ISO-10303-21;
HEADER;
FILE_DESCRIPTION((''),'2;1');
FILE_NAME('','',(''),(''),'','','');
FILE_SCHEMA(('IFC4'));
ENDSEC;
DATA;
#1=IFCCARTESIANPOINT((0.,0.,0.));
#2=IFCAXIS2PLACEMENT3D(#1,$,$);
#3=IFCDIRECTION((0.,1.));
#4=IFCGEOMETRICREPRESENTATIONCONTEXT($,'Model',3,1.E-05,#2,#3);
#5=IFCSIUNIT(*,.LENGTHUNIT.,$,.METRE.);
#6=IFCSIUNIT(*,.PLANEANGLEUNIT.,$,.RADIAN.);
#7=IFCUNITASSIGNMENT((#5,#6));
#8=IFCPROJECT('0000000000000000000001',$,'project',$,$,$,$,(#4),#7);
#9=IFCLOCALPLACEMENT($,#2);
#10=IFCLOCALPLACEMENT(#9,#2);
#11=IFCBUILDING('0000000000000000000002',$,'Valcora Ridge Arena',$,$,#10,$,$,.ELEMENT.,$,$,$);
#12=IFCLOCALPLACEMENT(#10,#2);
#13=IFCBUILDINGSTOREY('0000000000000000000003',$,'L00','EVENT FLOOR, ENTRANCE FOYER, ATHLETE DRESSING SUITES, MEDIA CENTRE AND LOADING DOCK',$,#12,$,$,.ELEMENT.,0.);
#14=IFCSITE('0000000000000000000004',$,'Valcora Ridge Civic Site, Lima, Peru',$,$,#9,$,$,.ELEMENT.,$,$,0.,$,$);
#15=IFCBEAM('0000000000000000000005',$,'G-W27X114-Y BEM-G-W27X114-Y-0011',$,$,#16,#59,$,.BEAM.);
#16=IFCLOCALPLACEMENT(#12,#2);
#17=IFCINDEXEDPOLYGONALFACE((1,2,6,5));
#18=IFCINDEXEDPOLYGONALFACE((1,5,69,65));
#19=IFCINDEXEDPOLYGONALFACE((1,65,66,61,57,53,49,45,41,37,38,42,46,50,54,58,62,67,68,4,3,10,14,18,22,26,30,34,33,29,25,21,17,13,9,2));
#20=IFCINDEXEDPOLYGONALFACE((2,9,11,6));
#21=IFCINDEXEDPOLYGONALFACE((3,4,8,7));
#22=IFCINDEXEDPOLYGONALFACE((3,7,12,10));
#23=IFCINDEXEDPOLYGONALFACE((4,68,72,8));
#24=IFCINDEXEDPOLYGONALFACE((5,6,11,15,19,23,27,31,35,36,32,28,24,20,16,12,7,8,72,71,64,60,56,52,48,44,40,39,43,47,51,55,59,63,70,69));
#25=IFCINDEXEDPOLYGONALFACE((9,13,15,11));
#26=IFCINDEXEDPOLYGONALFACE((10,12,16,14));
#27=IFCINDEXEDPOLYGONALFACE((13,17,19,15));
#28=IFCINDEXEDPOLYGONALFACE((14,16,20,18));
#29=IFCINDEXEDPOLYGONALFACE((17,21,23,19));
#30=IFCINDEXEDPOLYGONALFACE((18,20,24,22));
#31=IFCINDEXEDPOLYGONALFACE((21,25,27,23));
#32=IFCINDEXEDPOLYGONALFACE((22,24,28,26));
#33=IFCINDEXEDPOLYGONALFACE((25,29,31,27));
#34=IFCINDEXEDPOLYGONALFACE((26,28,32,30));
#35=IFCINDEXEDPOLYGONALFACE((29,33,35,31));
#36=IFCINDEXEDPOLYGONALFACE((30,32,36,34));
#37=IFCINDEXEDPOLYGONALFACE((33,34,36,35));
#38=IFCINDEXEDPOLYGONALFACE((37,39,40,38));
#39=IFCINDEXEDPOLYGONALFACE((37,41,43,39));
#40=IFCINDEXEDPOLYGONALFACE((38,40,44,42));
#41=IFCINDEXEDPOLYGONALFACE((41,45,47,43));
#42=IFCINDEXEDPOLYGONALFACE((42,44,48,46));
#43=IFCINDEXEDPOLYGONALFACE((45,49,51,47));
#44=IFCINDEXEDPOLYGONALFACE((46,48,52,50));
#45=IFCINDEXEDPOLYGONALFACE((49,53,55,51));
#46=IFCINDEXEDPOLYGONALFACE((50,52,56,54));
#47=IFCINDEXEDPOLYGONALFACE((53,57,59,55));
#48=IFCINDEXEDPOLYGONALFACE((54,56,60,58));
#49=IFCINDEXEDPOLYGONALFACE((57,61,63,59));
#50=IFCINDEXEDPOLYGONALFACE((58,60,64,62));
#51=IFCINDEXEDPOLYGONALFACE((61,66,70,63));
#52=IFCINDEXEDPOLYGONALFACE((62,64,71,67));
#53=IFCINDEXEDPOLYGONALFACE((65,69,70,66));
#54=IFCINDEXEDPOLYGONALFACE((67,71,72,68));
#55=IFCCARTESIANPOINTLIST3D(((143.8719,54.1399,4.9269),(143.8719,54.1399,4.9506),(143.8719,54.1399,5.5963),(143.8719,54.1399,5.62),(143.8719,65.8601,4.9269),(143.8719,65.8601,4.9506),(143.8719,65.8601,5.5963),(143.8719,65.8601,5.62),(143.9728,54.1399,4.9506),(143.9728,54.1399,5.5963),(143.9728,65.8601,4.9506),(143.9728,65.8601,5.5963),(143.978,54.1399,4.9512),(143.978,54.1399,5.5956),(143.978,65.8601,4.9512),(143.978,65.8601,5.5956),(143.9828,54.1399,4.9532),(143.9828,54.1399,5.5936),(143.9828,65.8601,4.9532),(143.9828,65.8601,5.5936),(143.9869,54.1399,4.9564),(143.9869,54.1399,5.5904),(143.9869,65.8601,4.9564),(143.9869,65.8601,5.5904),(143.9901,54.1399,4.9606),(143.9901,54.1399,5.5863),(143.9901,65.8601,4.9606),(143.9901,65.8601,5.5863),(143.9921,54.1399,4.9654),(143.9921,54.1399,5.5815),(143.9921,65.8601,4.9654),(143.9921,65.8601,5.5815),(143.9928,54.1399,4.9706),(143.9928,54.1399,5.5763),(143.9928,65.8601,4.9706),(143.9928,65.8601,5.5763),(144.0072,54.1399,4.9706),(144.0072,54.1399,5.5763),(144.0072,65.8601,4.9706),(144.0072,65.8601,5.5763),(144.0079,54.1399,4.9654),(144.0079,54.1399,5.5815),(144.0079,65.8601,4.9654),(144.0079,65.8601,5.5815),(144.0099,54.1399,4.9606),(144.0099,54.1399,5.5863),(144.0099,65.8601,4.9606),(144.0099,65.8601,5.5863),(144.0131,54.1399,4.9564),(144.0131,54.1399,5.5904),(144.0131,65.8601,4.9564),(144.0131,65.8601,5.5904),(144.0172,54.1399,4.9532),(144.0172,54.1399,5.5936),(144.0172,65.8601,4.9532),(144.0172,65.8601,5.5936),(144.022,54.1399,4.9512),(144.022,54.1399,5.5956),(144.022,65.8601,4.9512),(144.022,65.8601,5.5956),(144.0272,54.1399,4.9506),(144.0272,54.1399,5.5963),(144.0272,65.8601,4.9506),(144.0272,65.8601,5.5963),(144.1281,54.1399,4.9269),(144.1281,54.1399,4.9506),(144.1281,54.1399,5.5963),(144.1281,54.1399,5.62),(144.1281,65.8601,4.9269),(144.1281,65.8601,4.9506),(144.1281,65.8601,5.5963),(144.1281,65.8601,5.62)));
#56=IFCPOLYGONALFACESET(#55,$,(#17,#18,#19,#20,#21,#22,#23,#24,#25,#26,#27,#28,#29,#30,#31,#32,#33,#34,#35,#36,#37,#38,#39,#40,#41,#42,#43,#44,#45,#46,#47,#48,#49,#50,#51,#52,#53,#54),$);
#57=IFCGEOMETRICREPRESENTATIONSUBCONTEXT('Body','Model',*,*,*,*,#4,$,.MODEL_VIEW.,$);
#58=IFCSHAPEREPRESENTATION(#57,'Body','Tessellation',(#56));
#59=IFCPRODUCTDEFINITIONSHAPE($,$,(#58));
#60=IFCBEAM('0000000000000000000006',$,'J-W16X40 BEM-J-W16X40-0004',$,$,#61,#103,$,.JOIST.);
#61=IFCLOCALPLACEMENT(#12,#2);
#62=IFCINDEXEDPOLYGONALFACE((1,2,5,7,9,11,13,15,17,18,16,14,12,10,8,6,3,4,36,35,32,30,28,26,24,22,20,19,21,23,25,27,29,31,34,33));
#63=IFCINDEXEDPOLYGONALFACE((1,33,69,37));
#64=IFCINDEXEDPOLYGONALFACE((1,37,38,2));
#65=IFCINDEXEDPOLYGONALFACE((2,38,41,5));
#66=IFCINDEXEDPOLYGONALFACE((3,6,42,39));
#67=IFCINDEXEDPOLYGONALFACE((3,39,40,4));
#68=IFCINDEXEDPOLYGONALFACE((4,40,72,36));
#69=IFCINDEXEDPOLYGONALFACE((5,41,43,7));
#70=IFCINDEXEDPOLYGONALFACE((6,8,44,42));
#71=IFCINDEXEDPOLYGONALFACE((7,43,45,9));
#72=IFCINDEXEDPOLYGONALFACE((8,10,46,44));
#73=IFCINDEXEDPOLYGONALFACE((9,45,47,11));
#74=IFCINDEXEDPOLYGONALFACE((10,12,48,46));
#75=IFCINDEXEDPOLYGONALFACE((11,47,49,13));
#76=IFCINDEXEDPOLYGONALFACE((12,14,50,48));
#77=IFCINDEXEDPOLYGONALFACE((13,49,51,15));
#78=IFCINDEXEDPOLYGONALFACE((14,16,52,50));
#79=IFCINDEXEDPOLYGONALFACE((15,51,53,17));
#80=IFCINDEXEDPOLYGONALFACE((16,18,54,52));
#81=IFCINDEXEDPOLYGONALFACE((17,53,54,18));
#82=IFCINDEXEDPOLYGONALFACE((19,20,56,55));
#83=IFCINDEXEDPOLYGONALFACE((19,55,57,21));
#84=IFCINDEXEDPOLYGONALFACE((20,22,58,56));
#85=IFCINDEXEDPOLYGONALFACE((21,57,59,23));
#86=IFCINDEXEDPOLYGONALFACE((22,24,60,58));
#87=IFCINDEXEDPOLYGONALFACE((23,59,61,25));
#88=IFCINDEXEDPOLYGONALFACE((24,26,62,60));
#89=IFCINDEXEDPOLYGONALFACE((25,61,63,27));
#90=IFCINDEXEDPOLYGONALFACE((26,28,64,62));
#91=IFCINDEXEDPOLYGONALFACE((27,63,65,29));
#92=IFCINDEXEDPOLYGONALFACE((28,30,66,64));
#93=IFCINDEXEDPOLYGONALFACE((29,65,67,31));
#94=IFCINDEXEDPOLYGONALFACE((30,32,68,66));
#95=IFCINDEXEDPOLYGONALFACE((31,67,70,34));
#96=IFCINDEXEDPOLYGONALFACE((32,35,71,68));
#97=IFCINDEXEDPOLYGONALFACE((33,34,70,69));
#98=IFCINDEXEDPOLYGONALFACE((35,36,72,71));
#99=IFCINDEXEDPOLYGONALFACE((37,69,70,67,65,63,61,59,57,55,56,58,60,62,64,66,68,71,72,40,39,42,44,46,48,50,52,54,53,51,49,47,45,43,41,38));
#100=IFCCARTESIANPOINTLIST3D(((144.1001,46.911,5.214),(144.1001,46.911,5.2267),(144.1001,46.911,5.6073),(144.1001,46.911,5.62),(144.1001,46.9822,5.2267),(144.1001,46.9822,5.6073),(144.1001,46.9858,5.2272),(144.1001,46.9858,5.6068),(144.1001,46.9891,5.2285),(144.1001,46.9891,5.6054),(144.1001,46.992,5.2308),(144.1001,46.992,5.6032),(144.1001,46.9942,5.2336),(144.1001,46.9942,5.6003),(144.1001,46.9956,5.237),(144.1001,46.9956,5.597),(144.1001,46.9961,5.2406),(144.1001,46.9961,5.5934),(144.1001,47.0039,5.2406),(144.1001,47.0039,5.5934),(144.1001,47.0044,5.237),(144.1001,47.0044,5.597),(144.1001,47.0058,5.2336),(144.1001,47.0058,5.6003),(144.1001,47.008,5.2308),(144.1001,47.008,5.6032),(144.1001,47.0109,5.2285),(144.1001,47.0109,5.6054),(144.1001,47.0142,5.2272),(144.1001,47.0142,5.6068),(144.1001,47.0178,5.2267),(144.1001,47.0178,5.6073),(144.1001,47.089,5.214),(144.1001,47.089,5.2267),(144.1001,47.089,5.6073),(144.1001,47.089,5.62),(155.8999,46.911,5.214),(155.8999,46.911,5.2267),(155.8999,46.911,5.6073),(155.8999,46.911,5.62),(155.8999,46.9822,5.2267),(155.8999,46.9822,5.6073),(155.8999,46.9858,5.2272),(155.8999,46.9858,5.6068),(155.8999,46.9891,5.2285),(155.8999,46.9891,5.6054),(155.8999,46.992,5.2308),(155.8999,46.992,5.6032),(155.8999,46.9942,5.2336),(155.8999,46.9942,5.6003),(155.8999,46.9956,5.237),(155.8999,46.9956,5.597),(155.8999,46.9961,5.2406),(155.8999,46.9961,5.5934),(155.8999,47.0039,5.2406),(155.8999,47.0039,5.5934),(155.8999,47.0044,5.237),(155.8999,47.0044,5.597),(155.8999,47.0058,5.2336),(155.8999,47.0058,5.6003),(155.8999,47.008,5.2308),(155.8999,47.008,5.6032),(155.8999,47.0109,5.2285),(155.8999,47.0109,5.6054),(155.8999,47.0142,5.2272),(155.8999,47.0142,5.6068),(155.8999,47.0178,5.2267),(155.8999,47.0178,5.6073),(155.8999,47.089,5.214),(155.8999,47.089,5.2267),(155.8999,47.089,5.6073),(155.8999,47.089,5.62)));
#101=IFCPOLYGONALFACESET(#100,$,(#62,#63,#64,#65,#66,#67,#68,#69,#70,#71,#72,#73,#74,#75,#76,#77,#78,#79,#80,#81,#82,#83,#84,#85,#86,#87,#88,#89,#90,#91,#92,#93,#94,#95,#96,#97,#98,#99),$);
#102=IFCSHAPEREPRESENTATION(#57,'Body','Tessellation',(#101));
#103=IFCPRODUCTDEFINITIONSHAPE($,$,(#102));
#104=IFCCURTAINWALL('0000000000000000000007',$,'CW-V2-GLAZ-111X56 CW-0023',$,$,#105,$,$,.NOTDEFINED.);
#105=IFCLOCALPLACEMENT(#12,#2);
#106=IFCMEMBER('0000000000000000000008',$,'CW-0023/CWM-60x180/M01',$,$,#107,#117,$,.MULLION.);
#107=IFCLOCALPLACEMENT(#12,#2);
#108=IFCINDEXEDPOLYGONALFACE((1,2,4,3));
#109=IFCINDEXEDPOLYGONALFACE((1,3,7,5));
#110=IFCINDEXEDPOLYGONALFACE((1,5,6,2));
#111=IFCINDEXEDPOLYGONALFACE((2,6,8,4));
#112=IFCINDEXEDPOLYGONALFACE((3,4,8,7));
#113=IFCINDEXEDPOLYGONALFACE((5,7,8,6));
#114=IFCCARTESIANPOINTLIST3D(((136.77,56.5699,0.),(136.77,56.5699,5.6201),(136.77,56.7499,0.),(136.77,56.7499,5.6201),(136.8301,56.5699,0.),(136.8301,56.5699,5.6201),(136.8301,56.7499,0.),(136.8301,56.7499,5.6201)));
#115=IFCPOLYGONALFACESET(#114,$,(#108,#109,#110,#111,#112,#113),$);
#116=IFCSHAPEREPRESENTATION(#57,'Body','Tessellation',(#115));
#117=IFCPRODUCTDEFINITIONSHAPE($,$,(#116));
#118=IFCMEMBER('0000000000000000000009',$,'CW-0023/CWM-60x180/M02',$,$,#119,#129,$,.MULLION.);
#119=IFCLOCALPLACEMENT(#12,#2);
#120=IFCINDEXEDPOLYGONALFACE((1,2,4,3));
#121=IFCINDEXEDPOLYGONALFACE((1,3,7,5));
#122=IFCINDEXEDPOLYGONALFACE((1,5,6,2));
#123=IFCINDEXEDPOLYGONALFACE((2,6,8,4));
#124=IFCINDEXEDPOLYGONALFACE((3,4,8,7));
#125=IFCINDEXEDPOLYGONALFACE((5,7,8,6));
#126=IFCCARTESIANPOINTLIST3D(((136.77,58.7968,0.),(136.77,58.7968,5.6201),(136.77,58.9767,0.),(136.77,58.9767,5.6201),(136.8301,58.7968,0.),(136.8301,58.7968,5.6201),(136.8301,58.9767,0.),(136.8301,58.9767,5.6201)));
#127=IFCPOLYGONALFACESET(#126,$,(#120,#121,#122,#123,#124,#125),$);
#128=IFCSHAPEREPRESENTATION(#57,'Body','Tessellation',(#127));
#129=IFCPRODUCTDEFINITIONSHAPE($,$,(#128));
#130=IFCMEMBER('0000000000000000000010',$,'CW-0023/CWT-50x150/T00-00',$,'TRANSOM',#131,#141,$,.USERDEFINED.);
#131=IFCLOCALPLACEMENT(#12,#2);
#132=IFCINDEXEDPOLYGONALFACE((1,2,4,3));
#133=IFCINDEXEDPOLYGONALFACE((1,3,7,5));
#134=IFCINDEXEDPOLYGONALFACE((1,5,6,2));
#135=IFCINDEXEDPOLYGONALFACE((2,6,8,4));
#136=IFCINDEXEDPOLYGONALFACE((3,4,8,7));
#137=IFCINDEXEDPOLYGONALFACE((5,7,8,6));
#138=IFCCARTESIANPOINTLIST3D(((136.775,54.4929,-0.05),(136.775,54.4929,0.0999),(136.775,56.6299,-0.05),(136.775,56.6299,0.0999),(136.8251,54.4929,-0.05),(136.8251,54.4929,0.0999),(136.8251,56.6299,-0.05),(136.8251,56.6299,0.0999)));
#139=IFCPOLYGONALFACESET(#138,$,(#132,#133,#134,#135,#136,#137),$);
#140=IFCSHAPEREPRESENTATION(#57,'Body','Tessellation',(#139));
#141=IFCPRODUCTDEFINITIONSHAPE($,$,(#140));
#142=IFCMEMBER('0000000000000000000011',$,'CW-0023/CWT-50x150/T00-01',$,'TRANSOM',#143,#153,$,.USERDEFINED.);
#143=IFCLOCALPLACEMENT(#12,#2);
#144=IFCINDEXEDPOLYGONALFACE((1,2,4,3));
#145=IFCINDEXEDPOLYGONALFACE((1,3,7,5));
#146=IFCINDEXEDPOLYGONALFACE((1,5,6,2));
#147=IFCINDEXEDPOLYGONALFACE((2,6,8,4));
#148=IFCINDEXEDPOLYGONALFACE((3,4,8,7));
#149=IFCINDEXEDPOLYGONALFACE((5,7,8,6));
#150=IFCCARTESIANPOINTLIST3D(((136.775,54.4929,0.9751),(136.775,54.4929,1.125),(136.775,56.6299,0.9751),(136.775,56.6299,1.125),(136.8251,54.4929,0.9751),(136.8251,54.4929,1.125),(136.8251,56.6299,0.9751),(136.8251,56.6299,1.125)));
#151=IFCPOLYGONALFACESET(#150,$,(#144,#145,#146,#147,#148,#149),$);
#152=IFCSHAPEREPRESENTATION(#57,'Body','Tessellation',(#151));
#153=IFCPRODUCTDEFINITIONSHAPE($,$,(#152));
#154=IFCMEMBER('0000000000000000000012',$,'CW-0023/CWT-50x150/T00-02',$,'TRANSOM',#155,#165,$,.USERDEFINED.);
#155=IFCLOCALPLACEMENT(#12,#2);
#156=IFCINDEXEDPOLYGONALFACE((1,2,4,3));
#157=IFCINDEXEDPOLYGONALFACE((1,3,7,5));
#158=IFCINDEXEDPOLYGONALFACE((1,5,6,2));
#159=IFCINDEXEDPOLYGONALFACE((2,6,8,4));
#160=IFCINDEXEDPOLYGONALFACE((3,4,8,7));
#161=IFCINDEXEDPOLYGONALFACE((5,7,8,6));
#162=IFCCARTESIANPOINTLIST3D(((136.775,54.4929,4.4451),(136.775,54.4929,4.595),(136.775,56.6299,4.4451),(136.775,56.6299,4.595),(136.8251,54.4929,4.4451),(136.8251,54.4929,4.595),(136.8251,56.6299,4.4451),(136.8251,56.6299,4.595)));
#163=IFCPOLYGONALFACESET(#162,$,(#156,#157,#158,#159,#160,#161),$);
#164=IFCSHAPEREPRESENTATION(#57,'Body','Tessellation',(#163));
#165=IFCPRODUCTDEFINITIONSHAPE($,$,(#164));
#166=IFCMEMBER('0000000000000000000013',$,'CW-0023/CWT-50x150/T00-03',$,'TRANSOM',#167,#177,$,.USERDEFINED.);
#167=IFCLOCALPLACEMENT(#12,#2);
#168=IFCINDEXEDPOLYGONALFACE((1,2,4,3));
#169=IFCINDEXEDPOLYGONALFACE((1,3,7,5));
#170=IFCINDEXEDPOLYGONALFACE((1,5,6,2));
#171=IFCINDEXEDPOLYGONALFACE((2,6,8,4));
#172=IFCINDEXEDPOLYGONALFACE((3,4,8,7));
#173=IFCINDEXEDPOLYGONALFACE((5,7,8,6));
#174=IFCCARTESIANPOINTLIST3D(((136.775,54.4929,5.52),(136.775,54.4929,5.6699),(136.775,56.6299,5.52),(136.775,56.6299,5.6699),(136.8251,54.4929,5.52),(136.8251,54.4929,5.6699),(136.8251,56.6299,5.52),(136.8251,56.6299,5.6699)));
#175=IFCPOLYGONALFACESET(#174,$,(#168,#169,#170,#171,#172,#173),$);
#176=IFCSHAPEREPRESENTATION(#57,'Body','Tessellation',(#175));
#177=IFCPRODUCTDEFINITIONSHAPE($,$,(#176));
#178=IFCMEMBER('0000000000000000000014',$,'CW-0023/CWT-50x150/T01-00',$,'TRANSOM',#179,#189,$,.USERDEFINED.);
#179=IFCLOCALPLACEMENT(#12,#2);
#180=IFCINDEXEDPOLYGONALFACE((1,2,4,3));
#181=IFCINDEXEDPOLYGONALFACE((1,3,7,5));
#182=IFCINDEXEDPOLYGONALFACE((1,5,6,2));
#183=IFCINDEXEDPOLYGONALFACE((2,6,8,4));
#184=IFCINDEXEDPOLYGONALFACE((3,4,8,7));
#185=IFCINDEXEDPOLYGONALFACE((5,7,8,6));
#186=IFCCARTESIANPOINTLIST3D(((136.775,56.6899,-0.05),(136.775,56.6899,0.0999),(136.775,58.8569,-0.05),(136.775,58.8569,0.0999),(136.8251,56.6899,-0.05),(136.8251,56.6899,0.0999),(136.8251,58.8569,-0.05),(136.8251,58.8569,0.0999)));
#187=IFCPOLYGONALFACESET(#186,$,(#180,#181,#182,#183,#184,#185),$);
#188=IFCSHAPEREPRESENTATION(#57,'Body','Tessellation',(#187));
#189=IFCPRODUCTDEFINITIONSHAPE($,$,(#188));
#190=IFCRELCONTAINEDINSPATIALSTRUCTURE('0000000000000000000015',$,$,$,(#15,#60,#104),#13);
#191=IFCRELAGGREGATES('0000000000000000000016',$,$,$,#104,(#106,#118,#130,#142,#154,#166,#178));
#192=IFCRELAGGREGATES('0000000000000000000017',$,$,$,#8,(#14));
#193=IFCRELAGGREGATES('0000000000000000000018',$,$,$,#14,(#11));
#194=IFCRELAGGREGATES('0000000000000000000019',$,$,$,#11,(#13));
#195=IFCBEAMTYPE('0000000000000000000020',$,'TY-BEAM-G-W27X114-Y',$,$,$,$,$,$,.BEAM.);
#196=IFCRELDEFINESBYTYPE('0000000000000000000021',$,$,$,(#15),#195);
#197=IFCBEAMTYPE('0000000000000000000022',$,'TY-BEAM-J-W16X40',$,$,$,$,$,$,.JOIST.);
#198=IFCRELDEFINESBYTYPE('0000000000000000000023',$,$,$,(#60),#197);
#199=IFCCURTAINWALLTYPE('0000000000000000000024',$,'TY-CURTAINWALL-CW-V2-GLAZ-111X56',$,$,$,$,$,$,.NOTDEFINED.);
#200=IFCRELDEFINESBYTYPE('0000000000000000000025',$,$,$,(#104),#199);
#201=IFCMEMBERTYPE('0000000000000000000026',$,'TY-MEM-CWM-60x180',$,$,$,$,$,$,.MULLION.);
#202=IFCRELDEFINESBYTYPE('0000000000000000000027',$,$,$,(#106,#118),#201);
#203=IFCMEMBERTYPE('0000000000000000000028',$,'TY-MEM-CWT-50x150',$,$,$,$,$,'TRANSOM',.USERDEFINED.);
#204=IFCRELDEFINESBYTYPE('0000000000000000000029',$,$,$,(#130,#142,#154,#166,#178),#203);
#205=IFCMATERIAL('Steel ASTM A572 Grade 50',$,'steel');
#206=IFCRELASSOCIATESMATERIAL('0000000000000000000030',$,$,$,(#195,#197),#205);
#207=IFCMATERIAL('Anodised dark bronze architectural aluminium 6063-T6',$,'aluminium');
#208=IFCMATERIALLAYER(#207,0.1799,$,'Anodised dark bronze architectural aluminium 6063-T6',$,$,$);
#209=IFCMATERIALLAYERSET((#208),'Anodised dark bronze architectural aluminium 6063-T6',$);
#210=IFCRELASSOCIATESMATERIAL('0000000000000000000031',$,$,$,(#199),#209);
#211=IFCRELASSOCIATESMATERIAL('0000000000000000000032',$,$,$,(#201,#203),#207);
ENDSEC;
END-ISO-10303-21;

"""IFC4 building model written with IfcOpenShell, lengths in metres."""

from ifc_helpers import new_model, si_unit, direction, frame, origin, origin_2d, place, context, subcontext, project, spatial, rectangle, i_section, extrude, material, layer, layer_set, material_profile, profile_set, type_object, element, aggregate, save


model = new_model("IFC4")

# Units and contexts
model_context = context("Model", 3, precision=1e-05, world=origin(), true_north=direction((0.0, 1.0)))
body_context = subcontext(model_context, "Body", "Model", "MODEL_VIEW")
ifc_project = project(units=[si_unit("LENGTHUNIT", "METRE"), si_unit("PLANEANGLEUNIT", "RADIAN")], contexts=[model_context])

# Site, building, storey
site_placement = place(None, origin())
site = spatial("IfcSite", under=ifc_project, at=site_placement, Name="Valcora Ridge Civic Site, Lima, Peru", CompositionType="ELEMENT", RefElevation=0.0)
building_placement = place(site_placement, origin())
building = spatial("IfcBuilding", under=site, at=building_placement, Name="Valcora Ridge Arena", CompositionType="ELEMENT")
storey_placement = place(building_placement, origin())
storey = spatial("IfcBuildingStorey", under=building, at=storey_placement, Name="L00", Description="EVENT FLOOR, ENTRANCE FOYER, ATHLETE DRESSING SUITES, MEDIA CENTRE AND LOADING DOCK", CompositionType="ELEMENT", Elevation=0.0)

# Shared definitions
ifc_material_1 = material(Name="Steel ASTM A572 Grade 50", Category="steel")

# Beams
ifc_material_profile_1 = material_profile(ifc_material_1, i_section(OverallWidth=0.2561, OverallDepth=0.6931, WebThickness=0.0144, FlangeThickness=0.0237, FilletRadius=0.02, at=origin_2d()), Name="W27X114")
ifc_profile_set_1 = profile_set([ifc_material_profile_1], Name="Steel ASTM A572 Grade 50")
beam_type_1 = type_object("IfcBeamType", Name="TY-BEAM-G-W27X114-Y", PredefinedType="BEAM", material=ifc_profile_set_1)
for number, where, z_axis, x_axis, name in (
    (1, (144.0, 54.1399, 5.2734), (0.0, 1.0, 0.0), (-1.0, 0.0, 0.0), "G-W27X114-Y BEM-G-W27X114-Y-0011"),
):
    element("IfcBeam", number, at=place(storey_placement, frame(where, z_axis=z_axis, x_axis=x_axis)), inside=storey, type_object=beam_type_1, Name=name, PredefinedType="BEAM", context=body_context, shape_type="SweptSolid", body=[
        extrude(i_section(OverallWidth=0.2561, OverallDepth=0.6931, WebThickness=0.0144, FlangeThickness=0.0237, FilletRadius=0.02, at=origin_2d()), origin(), (0.0, 0.0, 1.0), 11.7202),
    ])
ifc_material_profile_2 = material_profile(ifc_material_1, i_section(OverallWidth=0.178, OverallDepth=0.406, WebThickness=0.0078, FlangeThickness=0.0127, FilletRadius=0.0139, at=origin_2d()), Name="W16X40")
ifc_profile_set_2 = profile_set([ifc_material_profile_2], Name="Steel ASTM A572 Grade 50")
beam_type_2 = type_object("IfcBeamType", Name="TY-BEAM-J-W16X40", PredefinedType="JOIST", material=ifc_profile_set_2)
beam_1_placement = place(storey_placement, frame((144.1001, 47.0, 5.417), z_axis=(1.0, 0.0, 0.0), x_axis=(0.0, 1.0, 0.0)))
element("IfcBeam", 2, at=beam_1_placement, inside=storey, type_object=beam_type_2, Name="J-W16X40 BEM-J-W16X40-0004", PredefinedType="JOIST", context=body_context, shape_type="SweptSolid", body=[
    extrude(i_section(OverallWidth=0.178, OverallDepth=0.406, WebThickness=0.0078, FlangeThickness=0.0127, FilletRadius=0.0139, at=origin_2d()), origin(), (0.0, 0.0, 1.0), 11.7998),
])

# Curtain wall, members
ifc_material_2 = material(Name="Anodised dark bronze architectural aluminium 6063-T6", Category="aluminium")
ifc_layer_1 = layer(ifc_material_2, 0.1799, Name="Anodised dark bronze architectural aluminium 6063-T6")
ifc_layer_set_1 = layer_set([ifc_layer_1], Name="Anodised dark bronze architectural aluminium 6063-T6")
curtain_wall_type = type_object("IfcCurtainWallType", Name="TY-CURTAINWALL-CW-V2-GLAZ-111X56", PredefinedType="NOTDEFINED", material=ifc_layer_set_1)
curtain_wall_placement = place(storey_placement, origin())
curtain_wall = element("IfcCurtainWall", 3, at=curtain_wall_placement, inside=storey, type_object=curtain_wall_type, Name="CW-V2-GLAZ-111X56 CW-0023", PredefinedType="NOTDEFINED")
ifc_material_profile_3 = material_profile(ifc_material_2, rectangle(XDim=0.0601, YDim=0.1799, at=origin_2d()), Name="ALU MULLION 60x180")
ifc_profile_set_3 = profile_set([ifc_material_profile_3], Name="Anodised dark bronze architectural aluminium 6063-T6")
member_type_1 = type_object("IfcMemberType", Name="TY-MEM-CWM-60x180", PredefinedType="MULLION", material=ifc_profile_set_3)
member_1_placement = place(storey_placement, frame((136.8, 56.6599, 0.0), z_axis=(0.0, 0.0, 1.0), x_axis=(-1.0, 0.0, 0.0)))
member_1 = element("IfcMember", 4, at=member_1_placement, type_object=member_type_1, Name="CW-0023/CWM-60x180/M01", PredefinedType="MULLION", context=body_context, shape_type="SweptSolid", body=[
    extrude(rectangle(XDim=0.0601, YDim=0.1799, at=origin_2d()), origin(), (0.0, 0.0, 1.0), 5.6201),
])
member_2_placement = place(storey_placement, frame((136.8, 58.8867, 0.0), z_axis=(0.0, 0.0, 1.0), x_axis=(-1.0, 0.0, 0.0)))
member_2 = element("IfcMember", 5, at=member_2_placement, type_object=member_type_1, Name="CW-0023/CWM-60x180/M02", PredefinedType="MULLION", context=body_context, shape_type="SweptSolid", body=[
    extrude(rectangle(XDim=0.0601, YDim=0.1799, at=origin_2d()), origin(), (0.0, 0.0, 1.0), 5.6201),
])
ifc_material_profile_4 = material_profile(ifc_material_2, rectangle(XDim=0.05, YDim=0.1499, at=origin_2d()), Name="ALU TRANSOM 50x150")
ifc_profile_set_4 = profile_set([ifc_material_profile_4], Name="Anodised dark bronze architectural aluminium 6063-T6")
member_type_2 = type_object("IfcMemberType", Name="TY-MEM-CWT-50x150", ElementType="TRANSOM", PredefinedType="USERDEFINED", material=ifc_profile_set_4)
member_3_placement = place(storey_placement, frame((136.8, 54.4929, 0.0249), z_axis=(0.0, 1.0, 0.0), x_axis=(-1.0, 0.0, 0.0)))
member_3 = element("IfcMember", 6, at=member_3_placement, type_object=member_type_2, Name="CW-0023/CWT-50x150/T00-00", ObjectType="TRANSOM", PredefinedType="USERDEFINED", context=body_context, shape_type="SweptSolid", body=[
    extrude(rectangle(XDim=0.05, YDim=0.1499, at=origin_2d()), origin(), (0.0, 0.0, 1.0), 2.137),
])
member_4_placement = place(storey_placement, frame((136.8, 54.4929, 1.05), z_axis=(0.0, 1.0, 0.0), x_axis=(-1.0, 0.0, 0.0)))
member_4 = element("IfcMember", 7, at=member_4_placement, type_object=member_type_2, Name="CW-0023/CWT-50x150/T00-01", ObjectType="TRANSOM", PredefinedType="USERDEFINED", context=body_context, shape_type="SweptSolid", body=[
    extrude(rectangle(XDim=0.05, YDim=0.1499, at=origin_2d()), origin(), (0.0, 0.0, 1.0), 2.137),
])
member_5_placement = place(storey_placement, frame((136.8, 54.4929, 4.52), z_axis=(0.0, 1.0, 0.0), x_axis=(-1.0, 0.0, 0.0)))
member_5 = element("IfcMember", 8, at=member_5_placement, type_object=member_type_2, Name="CW-0023/CWT-50x150/T00-02", ObjectType="TRANSOM", PredefinedType="USERDEFINED", context=body_context, shape_type="SweptSolid", body=[
    extrude(rectangle(XDim=0.05, YDim=0.1499, at=origin_2d()), origin(), (0.0, 0.0, 1.0), 2.137),
])
member_6_placement = place(storey_placement, frame((136.8, 54.4929, 5.595), z_axis=(0.0, 1.0, 0.0), x_axis=(-1.0, 0.0, 0.0)))
member_6 = element("IfcMember", 9, at=member_6_placement, type_object=member_type_2, Name="CW-0023/CWT-50x150/T00-03", ObjectType="TRANSOM", PredefinedType="USERDEFINED", context=body_context, shape_type="SweptSolid", body=[
    extrude(rectangle(XDim=0.05, YDim=0.1499, at=origin_2d()), origin(), (0.0, 0.0, 1.0), 2.137),
])
member_7_placement = place(storey_placement, frame((136.8, 56.6899, 0.0249), z_axis=(0.0, 1.0, 0.0), x_axis=(-1.0, 0.0, 0.0)))
member_7 = element("IfcMember", 10, at=member_7_placement, type_object=member_type_2, Name="CW-0023/CWT-50x150/T01-00", ObjectType="TRANSOM", PredefinedType="USERDEFINED", context=body_context, shape_type="SweptSolid", body=[
    extrude(rectangle(XDim=0.05, YDim=0.1499, at=origin_2d()), origin(), (0.0, 0.0, 1.0), 2.167),
])
aggregate(curtain_wall, [member_1, member_2, member_3, member_4, member_5, member_6, member_7])

save(model, "model.ifc")
